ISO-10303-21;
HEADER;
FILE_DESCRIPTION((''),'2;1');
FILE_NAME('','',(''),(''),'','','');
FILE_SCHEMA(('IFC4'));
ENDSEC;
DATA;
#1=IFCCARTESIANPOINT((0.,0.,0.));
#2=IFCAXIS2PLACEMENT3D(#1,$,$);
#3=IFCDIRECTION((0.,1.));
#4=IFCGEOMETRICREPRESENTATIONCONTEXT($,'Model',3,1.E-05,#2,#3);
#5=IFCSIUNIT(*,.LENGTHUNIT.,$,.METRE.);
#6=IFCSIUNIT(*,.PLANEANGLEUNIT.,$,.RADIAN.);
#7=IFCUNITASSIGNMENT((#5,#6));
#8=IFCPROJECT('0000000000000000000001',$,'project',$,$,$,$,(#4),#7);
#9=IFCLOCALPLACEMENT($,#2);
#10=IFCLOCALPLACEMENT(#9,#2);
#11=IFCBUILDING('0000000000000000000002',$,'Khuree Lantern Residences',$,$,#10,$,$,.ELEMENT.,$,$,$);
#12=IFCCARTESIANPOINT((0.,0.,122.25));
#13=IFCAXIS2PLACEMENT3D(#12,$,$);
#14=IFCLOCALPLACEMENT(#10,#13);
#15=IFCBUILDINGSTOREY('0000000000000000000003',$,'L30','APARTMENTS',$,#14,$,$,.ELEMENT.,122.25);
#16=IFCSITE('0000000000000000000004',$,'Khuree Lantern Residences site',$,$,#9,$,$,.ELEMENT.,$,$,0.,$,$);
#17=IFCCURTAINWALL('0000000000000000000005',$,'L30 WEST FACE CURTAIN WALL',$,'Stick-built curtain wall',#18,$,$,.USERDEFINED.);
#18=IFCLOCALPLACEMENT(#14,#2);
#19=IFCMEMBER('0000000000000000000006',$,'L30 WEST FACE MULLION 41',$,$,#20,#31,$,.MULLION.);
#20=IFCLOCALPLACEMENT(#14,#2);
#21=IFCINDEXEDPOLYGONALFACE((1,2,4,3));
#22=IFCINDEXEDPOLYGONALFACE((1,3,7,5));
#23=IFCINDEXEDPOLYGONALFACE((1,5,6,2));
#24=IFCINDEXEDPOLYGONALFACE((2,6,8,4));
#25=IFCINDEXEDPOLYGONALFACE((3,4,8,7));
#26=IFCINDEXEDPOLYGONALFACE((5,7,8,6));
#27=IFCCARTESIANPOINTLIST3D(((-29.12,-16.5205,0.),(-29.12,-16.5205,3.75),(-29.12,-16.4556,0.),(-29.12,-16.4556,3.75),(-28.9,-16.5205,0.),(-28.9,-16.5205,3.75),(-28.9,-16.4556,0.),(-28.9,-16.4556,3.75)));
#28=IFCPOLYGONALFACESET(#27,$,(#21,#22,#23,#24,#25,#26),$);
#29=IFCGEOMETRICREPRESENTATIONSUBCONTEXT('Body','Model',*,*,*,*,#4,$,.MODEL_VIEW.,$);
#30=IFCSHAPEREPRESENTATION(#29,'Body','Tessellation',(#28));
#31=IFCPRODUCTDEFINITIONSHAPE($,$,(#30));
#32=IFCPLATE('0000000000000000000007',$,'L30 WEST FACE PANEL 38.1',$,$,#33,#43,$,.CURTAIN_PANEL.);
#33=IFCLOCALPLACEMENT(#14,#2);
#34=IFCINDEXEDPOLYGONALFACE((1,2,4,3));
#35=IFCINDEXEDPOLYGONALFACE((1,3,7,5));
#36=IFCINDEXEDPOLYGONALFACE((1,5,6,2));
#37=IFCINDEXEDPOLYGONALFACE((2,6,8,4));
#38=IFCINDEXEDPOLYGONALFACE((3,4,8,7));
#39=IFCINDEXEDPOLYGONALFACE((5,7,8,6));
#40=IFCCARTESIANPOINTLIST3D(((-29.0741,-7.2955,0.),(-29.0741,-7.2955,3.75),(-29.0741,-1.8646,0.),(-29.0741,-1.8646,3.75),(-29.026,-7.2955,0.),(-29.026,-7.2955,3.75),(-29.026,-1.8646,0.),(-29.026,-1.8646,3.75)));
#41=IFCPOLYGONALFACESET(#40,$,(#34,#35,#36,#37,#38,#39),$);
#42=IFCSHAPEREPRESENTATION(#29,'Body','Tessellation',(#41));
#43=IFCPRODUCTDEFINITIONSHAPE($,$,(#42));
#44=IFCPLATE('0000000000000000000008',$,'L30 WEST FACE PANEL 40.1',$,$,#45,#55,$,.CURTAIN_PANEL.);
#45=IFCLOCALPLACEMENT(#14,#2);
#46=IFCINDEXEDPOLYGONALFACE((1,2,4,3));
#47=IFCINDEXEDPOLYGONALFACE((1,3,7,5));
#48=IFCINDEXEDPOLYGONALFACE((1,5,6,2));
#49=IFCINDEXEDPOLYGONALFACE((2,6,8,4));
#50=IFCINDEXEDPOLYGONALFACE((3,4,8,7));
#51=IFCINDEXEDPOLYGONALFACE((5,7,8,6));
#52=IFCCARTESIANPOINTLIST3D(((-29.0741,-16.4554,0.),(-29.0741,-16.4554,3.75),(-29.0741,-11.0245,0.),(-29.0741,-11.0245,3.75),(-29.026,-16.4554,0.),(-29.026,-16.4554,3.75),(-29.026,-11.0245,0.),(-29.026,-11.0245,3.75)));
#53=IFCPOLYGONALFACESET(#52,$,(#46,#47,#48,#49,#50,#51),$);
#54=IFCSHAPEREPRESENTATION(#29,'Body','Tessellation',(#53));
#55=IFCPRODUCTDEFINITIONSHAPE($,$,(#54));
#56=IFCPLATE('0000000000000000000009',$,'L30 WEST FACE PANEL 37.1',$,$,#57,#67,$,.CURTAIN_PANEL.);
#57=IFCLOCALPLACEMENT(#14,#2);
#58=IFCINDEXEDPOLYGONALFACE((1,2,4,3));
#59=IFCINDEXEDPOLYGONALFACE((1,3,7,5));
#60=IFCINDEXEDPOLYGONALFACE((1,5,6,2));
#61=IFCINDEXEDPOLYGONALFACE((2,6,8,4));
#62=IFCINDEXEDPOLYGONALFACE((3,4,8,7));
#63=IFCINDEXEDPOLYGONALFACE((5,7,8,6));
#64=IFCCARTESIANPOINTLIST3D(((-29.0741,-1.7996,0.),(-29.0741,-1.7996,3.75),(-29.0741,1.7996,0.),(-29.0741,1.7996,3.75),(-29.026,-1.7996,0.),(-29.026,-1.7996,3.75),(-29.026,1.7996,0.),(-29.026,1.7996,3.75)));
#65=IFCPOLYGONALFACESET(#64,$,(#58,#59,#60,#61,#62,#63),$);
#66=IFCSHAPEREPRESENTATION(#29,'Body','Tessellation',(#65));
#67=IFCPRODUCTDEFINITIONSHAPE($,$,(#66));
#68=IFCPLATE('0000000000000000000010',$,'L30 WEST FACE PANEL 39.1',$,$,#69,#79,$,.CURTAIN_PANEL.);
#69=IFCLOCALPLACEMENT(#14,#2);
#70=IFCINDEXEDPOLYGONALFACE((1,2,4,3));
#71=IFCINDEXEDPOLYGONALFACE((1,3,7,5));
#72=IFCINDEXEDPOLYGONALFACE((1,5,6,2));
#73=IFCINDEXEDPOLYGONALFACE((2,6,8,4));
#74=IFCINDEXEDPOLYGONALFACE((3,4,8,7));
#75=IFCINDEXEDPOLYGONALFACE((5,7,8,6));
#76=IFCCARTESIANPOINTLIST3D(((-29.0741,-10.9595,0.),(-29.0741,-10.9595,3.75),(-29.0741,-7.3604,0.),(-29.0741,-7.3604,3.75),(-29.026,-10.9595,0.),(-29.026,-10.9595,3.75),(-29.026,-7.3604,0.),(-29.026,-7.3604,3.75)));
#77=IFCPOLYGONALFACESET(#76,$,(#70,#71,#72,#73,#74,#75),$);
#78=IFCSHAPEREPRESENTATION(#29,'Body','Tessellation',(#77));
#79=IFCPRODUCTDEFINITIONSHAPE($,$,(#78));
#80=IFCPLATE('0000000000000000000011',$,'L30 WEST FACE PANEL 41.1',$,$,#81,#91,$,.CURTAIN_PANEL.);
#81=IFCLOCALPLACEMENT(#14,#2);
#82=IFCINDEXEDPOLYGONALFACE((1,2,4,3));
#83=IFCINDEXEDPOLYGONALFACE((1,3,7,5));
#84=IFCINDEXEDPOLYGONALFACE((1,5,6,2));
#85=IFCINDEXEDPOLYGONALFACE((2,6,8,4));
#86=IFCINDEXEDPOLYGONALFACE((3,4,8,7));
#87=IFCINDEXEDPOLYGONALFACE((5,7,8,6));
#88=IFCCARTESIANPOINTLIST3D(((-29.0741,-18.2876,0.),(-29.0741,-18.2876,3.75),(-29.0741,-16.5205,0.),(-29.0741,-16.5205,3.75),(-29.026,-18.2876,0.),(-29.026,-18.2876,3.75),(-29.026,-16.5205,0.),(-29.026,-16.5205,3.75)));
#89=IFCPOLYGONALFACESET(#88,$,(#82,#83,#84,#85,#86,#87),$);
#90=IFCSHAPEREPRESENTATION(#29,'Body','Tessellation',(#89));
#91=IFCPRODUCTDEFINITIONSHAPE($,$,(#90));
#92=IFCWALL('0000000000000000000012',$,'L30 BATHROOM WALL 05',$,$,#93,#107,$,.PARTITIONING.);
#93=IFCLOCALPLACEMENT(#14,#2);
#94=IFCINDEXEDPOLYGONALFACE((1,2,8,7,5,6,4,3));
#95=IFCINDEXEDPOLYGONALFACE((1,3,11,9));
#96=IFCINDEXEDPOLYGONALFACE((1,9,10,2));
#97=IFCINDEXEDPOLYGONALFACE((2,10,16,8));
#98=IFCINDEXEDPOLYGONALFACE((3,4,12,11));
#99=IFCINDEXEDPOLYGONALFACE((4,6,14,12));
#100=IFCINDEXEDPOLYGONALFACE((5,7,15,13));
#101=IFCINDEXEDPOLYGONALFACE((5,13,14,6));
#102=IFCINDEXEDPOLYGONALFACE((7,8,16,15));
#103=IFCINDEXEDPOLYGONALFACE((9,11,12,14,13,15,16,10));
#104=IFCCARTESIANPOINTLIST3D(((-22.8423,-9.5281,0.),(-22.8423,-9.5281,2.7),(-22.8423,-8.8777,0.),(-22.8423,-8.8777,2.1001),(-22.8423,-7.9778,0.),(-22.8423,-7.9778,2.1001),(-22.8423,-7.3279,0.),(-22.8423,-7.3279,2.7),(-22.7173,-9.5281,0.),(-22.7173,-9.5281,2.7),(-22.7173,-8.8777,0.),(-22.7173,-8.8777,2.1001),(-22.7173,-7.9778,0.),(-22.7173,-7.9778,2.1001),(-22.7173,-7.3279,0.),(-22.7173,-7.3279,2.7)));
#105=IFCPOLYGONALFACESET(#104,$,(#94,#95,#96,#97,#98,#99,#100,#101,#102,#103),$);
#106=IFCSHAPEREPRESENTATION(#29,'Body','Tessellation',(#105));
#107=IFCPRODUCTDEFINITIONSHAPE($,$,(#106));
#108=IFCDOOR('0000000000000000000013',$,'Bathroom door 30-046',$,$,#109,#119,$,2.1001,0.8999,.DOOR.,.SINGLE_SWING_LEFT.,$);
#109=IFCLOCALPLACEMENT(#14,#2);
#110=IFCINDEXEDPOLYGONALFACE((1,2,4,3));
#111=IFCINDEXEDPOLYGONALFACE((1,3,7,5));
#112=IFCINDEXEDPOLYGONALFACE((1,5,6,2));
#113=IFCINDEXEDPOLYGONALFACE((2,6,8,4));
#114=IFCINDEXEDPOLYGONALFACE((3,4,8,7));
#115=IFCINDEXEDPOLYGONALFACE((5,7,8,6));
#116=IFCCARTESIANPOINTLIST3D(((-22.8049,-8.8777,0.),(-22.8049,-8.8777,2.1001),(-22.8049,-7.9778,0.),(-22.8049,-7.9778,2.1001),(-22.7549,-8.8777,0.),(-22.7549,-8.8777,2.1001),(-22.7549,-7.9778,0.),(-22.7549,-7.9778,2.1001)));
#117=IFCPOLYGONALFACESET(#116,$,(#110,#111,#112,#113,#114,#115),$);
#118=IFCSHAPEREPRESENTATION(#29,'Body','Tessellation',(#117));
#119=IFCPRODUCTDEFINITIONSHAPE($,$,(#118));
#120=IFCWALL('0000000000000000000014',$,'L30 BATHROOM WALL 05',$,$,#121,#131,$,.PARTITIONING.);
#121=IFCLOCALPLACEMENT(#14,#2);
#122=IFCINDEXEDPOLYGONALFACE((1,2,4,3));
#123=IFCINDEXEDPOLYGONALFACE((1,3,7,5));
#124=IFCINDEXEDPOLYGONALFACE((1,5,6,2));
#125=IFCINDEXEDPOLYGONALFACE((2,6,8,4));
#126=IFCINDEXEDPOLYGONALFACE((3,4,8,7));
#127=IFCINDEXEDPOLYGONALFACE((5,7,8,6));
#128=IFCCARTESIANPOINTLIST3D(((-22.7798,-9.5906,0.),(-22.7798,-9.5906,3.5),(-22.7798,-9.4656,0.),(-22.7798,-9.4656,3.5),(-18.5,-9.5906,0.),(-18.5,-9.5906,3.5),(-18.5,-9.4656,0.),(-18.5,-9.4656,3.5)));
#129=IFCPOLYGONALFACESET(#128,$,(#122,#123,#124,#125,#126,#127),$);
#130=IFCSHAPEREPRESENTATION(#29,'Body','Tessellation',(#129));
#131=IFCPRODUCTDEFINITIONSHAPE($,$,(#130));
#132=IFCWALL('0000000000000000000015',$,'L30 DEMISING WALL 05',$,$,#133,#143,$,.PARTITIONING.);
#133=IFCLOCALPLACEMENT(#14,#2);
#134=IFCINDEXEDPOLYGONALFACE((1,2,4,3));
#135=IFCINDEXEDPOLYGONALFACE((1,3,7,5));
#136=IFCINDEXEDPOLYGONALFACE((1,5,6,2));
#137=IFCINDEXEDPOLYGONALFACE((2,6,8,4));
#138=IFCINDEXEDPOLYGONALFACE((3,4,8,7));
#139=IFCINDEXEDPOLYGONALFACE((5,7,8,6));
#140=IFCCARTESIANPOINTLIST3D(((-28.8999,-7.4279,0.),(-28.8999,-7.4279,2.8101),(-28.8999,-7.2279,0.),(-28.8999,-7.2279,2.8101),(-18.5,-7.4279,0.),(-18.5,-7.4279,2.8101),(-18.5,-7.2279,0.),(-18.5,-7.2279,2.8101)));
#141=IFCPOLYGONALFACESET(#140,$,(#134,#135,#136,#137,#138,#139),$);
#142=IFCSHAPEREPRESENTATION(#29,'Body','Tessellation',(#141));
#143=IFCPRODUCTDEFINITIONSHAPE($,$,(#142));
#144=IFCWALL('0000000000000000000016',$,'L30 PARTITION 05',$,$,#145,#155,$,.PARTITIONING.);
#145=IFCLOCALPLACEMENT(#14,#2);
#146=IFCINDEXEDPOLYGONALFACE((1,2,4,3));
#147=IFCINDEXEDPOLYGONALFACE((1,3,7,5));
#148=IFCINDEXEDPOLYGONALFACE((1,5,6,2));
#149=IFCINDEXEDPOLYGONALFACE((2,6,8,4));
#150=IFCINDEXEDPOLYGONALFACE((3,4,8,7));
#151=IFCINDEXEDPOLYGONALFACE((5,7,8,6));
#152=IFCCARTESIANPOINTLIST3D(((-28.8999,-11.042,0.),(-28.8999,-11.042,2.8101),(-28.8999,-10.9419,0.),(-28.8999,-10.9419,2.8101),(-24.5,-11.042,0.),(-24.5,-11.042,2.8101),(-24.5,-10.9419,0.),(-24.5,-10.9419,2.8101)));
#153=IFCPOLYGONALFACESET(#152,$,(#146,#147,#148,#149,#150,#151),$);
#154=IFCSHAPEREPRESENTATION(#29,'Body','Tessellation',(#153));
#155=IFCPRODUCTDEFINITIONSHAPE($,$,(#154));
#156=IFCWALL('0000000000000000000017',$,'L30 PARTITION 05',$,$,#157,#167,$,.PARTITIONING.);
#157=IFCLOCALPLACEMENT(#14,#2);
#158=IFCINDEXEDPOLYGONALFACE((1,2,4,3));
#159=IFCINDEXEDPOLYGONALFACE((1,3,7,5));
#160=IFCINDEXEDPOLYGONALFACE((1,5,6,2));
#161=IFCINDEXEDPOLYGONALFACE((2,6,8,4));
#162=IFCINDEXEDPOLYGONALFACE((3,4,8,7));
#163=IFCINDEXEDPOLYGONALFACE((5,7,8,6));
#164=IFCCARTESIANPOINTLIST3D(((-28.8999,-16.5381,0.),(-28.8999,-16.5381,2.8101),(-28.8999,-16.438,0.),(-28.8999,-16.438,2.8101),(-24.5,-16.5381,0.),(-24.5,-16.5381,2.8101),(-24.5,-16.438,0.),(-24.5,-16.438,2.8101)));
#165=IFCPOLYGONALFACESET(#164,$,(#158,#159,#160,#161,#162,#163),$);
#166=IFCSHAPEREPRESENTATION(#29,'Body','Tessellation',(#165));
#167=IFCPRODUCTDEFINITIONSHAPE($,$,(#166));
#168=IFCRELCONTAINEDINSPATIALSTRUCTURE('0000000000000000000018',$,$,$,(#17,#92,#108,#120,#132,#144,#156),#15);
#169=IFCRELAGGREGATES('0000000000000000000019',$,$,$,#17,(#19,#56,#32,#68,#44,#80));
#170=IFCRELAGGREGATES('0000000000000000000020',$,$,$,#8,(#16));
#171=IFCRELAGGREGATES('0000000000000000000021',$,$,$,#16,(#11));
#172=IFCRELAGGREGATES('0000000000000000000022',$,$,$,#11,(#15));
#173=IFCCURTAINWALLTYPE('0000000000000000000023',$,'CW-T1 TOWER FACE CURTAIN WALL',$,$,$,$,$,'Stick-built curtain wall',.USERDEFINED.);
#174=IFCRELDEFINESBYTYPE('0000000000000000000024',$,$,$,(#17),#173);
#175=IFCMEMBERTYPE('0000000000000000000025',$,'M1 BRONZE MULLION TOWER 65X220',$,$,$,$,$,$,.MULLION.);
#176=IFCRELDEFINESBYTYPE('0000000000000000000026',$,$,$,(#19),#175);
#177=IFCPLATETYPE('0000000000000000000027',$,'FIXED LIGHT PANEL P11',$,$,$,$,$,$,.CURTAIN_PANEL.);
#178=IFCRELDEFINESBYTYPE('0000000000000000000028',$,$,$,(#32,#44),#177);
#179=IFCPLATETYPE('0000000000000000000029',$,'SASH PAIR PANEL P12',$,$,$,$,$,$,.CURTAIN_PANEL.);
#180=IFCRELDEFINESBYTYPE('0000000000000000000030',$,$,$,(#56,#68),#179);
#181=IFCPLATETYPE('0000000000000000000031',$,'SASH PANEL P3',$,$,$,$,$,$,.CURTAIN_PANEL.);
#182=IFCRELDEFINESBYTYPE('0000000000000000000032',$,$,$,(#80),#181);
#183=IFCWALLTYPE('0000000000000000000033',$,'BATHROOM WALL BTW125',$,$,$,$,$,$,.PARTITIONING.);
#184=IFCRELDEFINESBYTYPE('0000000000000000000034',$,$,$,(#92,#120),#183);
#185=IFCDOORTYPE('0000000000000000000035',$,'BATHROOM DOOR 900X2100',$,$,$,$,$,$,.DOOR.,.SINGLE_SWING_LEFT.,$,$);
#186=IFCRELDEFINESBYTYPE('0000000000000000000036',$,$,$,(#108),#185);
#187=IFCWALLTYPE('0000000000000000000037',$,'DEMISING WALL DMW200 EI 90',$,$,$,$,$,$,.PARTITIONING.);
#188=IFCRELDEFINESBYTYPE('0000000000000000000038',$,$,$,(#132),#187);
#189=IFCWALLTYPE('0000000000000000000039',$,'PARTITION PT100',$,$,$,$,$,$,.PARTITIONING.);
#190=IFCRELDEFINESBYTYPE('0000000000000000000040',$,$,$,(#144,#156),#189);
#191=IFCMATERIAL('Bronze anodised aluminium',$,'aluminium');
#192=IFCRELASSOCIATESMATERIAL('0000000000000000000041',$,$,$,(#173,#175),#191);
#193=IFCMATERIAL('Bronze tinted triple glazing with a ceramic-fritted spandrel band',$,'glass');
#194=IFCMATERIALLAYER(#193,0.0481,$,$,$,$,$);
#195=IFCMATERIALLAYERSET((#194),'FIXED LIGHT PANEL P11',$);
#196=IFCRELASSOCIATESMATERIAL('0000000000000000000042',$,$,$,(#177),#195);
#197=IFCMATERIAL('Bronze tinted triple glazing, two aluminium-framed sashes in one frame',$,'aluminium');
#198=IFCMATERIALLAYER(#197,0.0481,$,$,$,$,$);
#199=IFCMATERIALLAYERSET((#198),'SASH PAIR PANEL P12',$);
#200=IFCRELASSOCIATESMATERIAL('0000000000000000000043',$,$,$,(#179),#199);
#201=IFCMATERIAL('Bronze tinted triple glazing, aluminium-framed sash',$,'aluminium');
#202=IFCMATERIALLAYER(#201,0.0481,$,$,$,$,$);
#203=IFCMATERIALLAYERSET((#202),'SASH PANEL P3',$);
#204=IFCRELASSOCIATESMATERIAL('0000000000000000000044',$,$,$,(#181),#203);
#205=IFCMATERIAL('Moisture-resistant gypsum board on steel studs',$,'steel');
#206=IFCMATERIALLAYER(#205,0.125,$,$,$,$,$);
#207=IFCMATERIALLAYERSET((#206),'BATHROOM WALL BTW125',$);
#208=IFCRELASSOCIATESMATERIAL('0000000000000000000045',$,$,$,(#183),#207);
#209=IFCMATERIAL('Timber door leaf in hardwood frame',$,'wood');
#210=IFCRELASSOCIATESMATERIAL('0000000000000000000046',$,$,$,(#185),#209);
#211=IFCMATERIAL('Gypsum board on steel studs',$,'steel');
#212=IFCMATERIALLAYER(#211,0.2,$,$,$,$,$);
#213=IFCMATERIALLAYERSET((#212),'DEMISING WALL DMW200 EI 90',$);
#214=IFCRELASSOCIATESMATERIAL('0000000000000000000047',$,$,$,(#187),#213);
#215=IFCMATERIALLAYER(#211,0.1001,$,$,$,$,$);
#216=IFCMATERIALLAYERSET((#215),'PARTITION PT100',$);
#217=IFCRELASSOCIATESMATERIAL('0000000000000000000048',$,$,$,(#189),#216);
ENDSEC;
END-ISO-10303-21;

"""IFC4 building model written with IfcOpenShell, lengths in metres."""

from ifc_helpers import new_model, si_unit, direction, frame, frame_2d, origin, origin_2d, place, context, subcontext, project, spatial, rectangle, extrude, material, layer, layer_set, material_profile, profile_set, type_object, element, fill, aggregate, save


model = new_model("IFC4")

# Units and contexts
model_context = context("Model", 3, precision=1e-05, world=origin(), true_north=direction((0.0, 1.0)))
body_context = subcontext(model_context, "Body", "Model", "MODEL_VIEW")
ifc_project = project(units=[si_unit("LENGTHUNIT", "METRE"), si_unit("PLANEANGLEUNIT", "RADIAN")], contexts=[model_context])

# Site, building, storey
site_placement = place(None, origin())
site = spatial("IfcSite", under=ifc_project, at=site_placement, Name="Khuree Lantern Residences site", CompositionType="ELEMENT", RefElevation=0.0)
building_placement = place(site_placement, origin())
building = spatial("IfcBuilding", under=site, at=building_placement, Name="Khuree Lantern Residences", CompositionType="ELEMENT")
storey_placement = place(building_placement, frame((0.0, 0.0, 122.25)))
storey = spatial("IfcBuildingStorey", under=building, at=storey_placement, Name="L30", Description="APARTMENTS", CompositionType="ELEMENT", Elevation=122.25)

# Curtain wall
ifc_material_1 = material(Name="Bronze anodised aluminium", Category="aluminium")
curtain_wall_type = type_object("IfcCurtainWallType", Name="CW-T1 TOWER FACE CURTAIN WALL", ElementType="Stick-built curtain wall", PredefinedType="USERDEFINED", material=ifc_material_1)
curtain_wall_placement = place(storey_placement, origin())
curtain_wall = element("IfcCurtainWall", 1, at=curtain_wall_placement, inside=storey, type_object=curtain_wall_type, Name="L30 WEST FACE CURTAIN WALL", ObjectType="Stick-built curtain wall", PredefinedType="USERDEFINED")

# Member
ifc_material_profile_1 = material_profile(ifc_material_1, rectangle(XDim=0.0649, YDim=0.22, at=origin_2d()), Name="M1 65X220")
ifc_profile_set_1 = profile_set([ifc_material_profile_1], Name="Bronze anodised aluminium")
member_type_1 = type_object("IfcMemberType", Name="M1 BRONZE MULLION TOWER 65X220", PredefinedType="MULLION", material=ifc_profile_set_1)
member_1_placement = place(storey_placement, frame((-29.01, -16.488, 0.0), z_axis=(0.0, 0.0, 1.0), x_axis=(0.0, -1.0, 0.0)))
member_1 = element("IfcMember", 2, at=member_1_placement, type_object=member_type_1, Name="L30 WEST FACE MULLION 41", PredefinedType="MULLION", context=body_context, shape_type="SweptSolid", body=[
    extrude(rectangle(XDim=0.0649, YDim=0.22, at=origin_2d()), origin(), (0.0, 0.0, 1.0), 3.75),
])

# Plates
ifc_material_2 = material(Name="Bronze tinted triple glazing with a ceramic-fritted spandrel band", Category="glass")
ifc_layer_1 = layer(ifc_material_2, 0.0481)
ifc_layer_set_1 = layer_set([ifc_layer_1], Name="FIXED LIGHT PANEL P11")
plate_type_1 = type_object("IfcPlateType", Name="FIXED LIGHT PANEL P11", PredefinedType="CURTAIN_PANEL", material=ifc_layer_set_1)
plate_1_placement = place(storey_placement, frame((-29.05, -4.5801, 0.0), z_axis=(0.0, 0.0, 1.0), x_axis=(0.0, -1.0, 0.0)))
plate_1 = element("IfcPlate", 3, at=plate_1_placement, type_object=plate_type_1, Name="L30 WEST FACE PANEL 38.1", PredefinedType="CURTAIN_PANEL", context=body_context, shape_type="SweptSolid", body=[
    extrude(rectangle(XDim=5.4309, YDim=0.0481, at=origin_2d()), origin(), (0.0, 0.0, 1.0), 3.75),
])
plate_2_placement = place(storey_placement, frame((-29.05, -13.74, 0.0), z_axis=(0.0, 0.0, 1.0), x_axis=(0.0, -1.0, 0.0)))
plate_2 = element("IfcPlate", 4, at=plate_2_placement, type_object=plate_type_1, Name="L30 WEST FACE PANEL 40.1", PredefinedType="CURTAIN_PANEL", context=body_context, shape_type="SweptSolid", body=[
    extrude(rectangle(XDim=5.4309, YDim=0.0481, at=origin_2d()), origin(), (0.0, 0.0, 1.0), 3.75),
])
ifc_material_3 = material(Name="Bronze tinted triple glazing, two aluminium-framed sashes in one frame", Category="aluminium")
ifc_layer_2 = layer(ifc_material_3, 0.0481)
ifc_layer_set_2 = layer_set([ifc_layer_2], Name="SASH PAIR PANEL P12")
plate_type_2 = type_object("IfcPlateType", Name="SASH PAIR PANEL P12", PredefinedType="CURTAIN_PANEL", material=ifc_layer_set_2)
plate_3_placement = place(storey_placement, frame((-29.05, 0.0, 0.0), z_axis=(0.0, 0.0, 1.0), x_axis=(0.0, -1.0, 0.0)))
plate_3 = element("IfcPlate", 5, at=plate_3_placement, type_object=plate_type_2, Name="L30 WEST FACE PANEL 37.1", PredefinedType="CURTAIN_PANEL", context=body_context, shape_type="SweptSolid", body=[
    extrude(rectangle(XDim=3.5991, YDim=0.0481, at=origin_2d()), origin(), (0.0, 0.0, 1.0), 3.75),
])
plate_4_placement = place(storey_placement, frame((-29.05, -9.1599, 0.0), z_axis=(0.0, 0.0, 1.0), x_axis=(0.0, -1.0, 0.0)))
plate_4 = element("IfcPlate", 6, at=plate_4_placement, type_object=plate_type_2, Name="L30 WEST FACE PANEL 39.1", PredefinedType="CURTAIN_PANEL", context=body_context, shape_type="SweptSolid", body=[
    extrude(rectangle(XDim=3.5991, YDim=0.0481, at=origin_2d()), origin(), (0.0, 0.0, 1.0), 3.75),
])
ifc_material_4 = material(Name="Bronze tinted triple glazing, aluminium-framed sash", Category="aluminium")
ifc_layer_3 = layer(ifc_material_4, 0.0481)
ifc_layer_set_3 = layer_set([ifc_layer_3], Name="SASH PANEL P3")
plate_type_3 = type_object("IfcPlateType", Name="SASH PANEL P3", PredefinedType="CURTAIN_PANEL", material=ifc_layer_set_3)
plate_5_placement = place(storey_placement, frame((-29.05, -17.4041, 0.0), z_axis=(0.0, 0.0, 1.0), x_axis=(0.0, -1.0, 0.0)))
plate_5 = element("IfcPlate", 7, at=plate_5_placement, type_object=plate_type_3, Name="L30 WEST FACE PANEL 41.1", PredefinedType="CURTAIN_PANEL", context=body_context, shape_type="SweptSolid", body=[
    extrude(rectangle(XDim=1.7671, YDim=0.0481, at=origin_2d()), origin(), (0.0, 0.0, 1.0), 3.75),
])
aggregate(curtain_wall, [member_1, plate_3, plate_1, plate_4, plate_2, plate_5])

# Wall, opening, door
ifc_material_5 = material(Name="Moisture-resistant gypsum board on steel studs", Category="steel")
ifc_layer_4 = layer(ifc_material_5, 0.125)
ifc_layer_set_4 = layer_set([ifc_layer_4], Name="BATHROOM WALL BTW125")
wall_type_1 = type_object("IfcWallType", Name="BATHROOM WALL BTW125", PredefinedType="PARTITIONING", material=ifc_layer_set_4)
wall_1_placement = place(storey_placement, frame((-22.7798, -7.3279, 0.0), z_axis=(0.0, 0.0, 1.0), x_axis=(0.0, -1.0, 0.0)))
wall_1 = element("IfcWall", 8, at=wall_1_placement, inside=storey, type_object=wall_type_1, Name="L30 BATHROOM WALL 05", PredefinedType="PARTITIONING", context=body_context, shape_type="SweptSolid", body=[
    extrude(rectangle(XDim=2.2002, YDim=0.125, at=frame_2d((1.1001, 0.0))), origin(), (0.0, 0.0, 1.0), 2.7),
])
opening_1_placement = place(wall_1_placement, frame((0.6499, 0.0, 0.0)))
opening_1 = element("IfcOpeningElement", 9, at=opening_1_placement, cuts=wall_1, PredefinedType="OPENING", context=body_context, shape_type="SweptSolid", body=[
    extrude(rectangle(XDim=0.8999, YDim=2.1001, at=frame_2d((0.45, 1.05))), frame((0.0, 0.0725, 0.0), z_axis=(0.0, -1.0, 0.0), x_axis=(1.0, 0.0, 0.0)), (0.0, 0.0, 1.0), 0.145),
])
ifc_material_6 = material(Name="Timber door leaf in hardwood frame", Category="wood")
door_type_1 = type_object("IfcDoorType", Name="BATHROOM DOOR 900X2100", OperationType="SINGLE_SWING_LEFT", PredefinedType="DOOR", material=ifc_material_6)
door_1_placement = place(opening_1_placement, origin())
door_1 = element("IfcDoor", 10, at=door_1_placement, inside=storey, type_object=door_type_1, Name="Bathroom door 30-046", OperationType="SINGLE_SWING_LEFT", OverallHeight=2.1001, OverallWidth=0.8999, PredefinedType="DOOR", context=body_context, shape_type="SweptSolid", body=[
    extrude(rectangle(XDim=0.8999, YDim=2.1001, at=frame_2d((0.45, 1.05))), frame((0.0, 0.0249, 0.0), z_axis=(0.0, -1.0, 0.0), x_axis=(1.0, 0.0, 0.0)), (0.0, 0.0, 1.0), 0.05),
])
fill(opening_1, door_1)

# Walls
wall_2_placement = place(storey_placement, frame((-18.5, -9.5281, 0.0), z_axis=(0.0, 0.0, 1.0), x_axis=(-1.0, 0.0, 0.0)))
element("IfcWall", 11, at=wall_2_placement, inside=storey, type_object=wall_type_1, Name="L30 BATHROOM WALL 05", PredefinedType="PARTITIONING", context=body_context, shape_type="SweptSolid", body=[
    extrude(rectangle(XDim=4.2798, YDim=0.125, at=frame_2d((2.1399, 0.0))), origin(), (0.0, 0.0, 1.0), 3.5),
])
ifc_material_7 = material(Name="Gypsum board on steel studs", Category="steel")
ifc_layer_5 = layer(ifc_material_7, 0.2)
ifc_layer_set_5 = layer_set([ifc_layer_5], Name="DEMISING WALL DMW200 EI 90")
wall_type_2 = type_object("IfcWallType", Name="DEMISING WALL DMW200 EI 90", PredefinedType="PARTITIONING", material=ifc_layer_set_5)
wall_3_placement = place(storey_placement, frame((-18.5, -7.3279, 0.0), z_axis=(0.0, 0.0, 1.0), x_axis=(-1.0, 0.0, 0.0)))
element("IfcWall", 12, at=wall_3_placement, inside=storey, type_object=wall_type_2, Name="L30 DEMISING WALL 05", PredefinedType="PARTITIONING", context=body_context, shape_type="SweptSolid", body=[
    extrude(rectangle(XDim=10.3999, YDim=0.2, at=frame_2d((5.2, 0.0))), origin(), (0.0, 0.0, 1.0), 2.8101),
])
ifc_layer_6 = layer(ifc_material_7, 0.1001)
ifc_layer_set_6 = layer_set([ifc_layer_6], Name="PARTITION PT100")
wall_type_3 = type_object("IfcWallType", Name="PARTITION PT100", PredefinedType="PARTITIONING", material=ifc_layer_set_6)
for number, where, z_axis, x_axis, name in (
    (13, (-24.5, -10.9919, 0.0), (0.0, 0.0, 1.0), (-1.0, 0.0, 0.0), "L30 PARTITION 05"),
    (14, (-24.5, -16.488, 0.0), (0.0, 0.0, 1.0), (-1.0, 0.0, 0.0), "L30 PARTITION 05"),
):
    element("IfcWall", number, at=place(storey_placement, frame(where, z_axis=z_axis, x_axis=x_axis)), inside=storey, type_object=wall_type_3, Name=name, PredefinedType="PARTITIONING", context=body_context, shape_type="SweptSolid", body=[
        extrude(rectangle(XDim=4.3999, YDim=0.1001, at=frame_2d((2.2, 0.0))), origin(), (0.0, 0.0, 1.0), 2.8101),
    ])

save(model, "model.ifc")
